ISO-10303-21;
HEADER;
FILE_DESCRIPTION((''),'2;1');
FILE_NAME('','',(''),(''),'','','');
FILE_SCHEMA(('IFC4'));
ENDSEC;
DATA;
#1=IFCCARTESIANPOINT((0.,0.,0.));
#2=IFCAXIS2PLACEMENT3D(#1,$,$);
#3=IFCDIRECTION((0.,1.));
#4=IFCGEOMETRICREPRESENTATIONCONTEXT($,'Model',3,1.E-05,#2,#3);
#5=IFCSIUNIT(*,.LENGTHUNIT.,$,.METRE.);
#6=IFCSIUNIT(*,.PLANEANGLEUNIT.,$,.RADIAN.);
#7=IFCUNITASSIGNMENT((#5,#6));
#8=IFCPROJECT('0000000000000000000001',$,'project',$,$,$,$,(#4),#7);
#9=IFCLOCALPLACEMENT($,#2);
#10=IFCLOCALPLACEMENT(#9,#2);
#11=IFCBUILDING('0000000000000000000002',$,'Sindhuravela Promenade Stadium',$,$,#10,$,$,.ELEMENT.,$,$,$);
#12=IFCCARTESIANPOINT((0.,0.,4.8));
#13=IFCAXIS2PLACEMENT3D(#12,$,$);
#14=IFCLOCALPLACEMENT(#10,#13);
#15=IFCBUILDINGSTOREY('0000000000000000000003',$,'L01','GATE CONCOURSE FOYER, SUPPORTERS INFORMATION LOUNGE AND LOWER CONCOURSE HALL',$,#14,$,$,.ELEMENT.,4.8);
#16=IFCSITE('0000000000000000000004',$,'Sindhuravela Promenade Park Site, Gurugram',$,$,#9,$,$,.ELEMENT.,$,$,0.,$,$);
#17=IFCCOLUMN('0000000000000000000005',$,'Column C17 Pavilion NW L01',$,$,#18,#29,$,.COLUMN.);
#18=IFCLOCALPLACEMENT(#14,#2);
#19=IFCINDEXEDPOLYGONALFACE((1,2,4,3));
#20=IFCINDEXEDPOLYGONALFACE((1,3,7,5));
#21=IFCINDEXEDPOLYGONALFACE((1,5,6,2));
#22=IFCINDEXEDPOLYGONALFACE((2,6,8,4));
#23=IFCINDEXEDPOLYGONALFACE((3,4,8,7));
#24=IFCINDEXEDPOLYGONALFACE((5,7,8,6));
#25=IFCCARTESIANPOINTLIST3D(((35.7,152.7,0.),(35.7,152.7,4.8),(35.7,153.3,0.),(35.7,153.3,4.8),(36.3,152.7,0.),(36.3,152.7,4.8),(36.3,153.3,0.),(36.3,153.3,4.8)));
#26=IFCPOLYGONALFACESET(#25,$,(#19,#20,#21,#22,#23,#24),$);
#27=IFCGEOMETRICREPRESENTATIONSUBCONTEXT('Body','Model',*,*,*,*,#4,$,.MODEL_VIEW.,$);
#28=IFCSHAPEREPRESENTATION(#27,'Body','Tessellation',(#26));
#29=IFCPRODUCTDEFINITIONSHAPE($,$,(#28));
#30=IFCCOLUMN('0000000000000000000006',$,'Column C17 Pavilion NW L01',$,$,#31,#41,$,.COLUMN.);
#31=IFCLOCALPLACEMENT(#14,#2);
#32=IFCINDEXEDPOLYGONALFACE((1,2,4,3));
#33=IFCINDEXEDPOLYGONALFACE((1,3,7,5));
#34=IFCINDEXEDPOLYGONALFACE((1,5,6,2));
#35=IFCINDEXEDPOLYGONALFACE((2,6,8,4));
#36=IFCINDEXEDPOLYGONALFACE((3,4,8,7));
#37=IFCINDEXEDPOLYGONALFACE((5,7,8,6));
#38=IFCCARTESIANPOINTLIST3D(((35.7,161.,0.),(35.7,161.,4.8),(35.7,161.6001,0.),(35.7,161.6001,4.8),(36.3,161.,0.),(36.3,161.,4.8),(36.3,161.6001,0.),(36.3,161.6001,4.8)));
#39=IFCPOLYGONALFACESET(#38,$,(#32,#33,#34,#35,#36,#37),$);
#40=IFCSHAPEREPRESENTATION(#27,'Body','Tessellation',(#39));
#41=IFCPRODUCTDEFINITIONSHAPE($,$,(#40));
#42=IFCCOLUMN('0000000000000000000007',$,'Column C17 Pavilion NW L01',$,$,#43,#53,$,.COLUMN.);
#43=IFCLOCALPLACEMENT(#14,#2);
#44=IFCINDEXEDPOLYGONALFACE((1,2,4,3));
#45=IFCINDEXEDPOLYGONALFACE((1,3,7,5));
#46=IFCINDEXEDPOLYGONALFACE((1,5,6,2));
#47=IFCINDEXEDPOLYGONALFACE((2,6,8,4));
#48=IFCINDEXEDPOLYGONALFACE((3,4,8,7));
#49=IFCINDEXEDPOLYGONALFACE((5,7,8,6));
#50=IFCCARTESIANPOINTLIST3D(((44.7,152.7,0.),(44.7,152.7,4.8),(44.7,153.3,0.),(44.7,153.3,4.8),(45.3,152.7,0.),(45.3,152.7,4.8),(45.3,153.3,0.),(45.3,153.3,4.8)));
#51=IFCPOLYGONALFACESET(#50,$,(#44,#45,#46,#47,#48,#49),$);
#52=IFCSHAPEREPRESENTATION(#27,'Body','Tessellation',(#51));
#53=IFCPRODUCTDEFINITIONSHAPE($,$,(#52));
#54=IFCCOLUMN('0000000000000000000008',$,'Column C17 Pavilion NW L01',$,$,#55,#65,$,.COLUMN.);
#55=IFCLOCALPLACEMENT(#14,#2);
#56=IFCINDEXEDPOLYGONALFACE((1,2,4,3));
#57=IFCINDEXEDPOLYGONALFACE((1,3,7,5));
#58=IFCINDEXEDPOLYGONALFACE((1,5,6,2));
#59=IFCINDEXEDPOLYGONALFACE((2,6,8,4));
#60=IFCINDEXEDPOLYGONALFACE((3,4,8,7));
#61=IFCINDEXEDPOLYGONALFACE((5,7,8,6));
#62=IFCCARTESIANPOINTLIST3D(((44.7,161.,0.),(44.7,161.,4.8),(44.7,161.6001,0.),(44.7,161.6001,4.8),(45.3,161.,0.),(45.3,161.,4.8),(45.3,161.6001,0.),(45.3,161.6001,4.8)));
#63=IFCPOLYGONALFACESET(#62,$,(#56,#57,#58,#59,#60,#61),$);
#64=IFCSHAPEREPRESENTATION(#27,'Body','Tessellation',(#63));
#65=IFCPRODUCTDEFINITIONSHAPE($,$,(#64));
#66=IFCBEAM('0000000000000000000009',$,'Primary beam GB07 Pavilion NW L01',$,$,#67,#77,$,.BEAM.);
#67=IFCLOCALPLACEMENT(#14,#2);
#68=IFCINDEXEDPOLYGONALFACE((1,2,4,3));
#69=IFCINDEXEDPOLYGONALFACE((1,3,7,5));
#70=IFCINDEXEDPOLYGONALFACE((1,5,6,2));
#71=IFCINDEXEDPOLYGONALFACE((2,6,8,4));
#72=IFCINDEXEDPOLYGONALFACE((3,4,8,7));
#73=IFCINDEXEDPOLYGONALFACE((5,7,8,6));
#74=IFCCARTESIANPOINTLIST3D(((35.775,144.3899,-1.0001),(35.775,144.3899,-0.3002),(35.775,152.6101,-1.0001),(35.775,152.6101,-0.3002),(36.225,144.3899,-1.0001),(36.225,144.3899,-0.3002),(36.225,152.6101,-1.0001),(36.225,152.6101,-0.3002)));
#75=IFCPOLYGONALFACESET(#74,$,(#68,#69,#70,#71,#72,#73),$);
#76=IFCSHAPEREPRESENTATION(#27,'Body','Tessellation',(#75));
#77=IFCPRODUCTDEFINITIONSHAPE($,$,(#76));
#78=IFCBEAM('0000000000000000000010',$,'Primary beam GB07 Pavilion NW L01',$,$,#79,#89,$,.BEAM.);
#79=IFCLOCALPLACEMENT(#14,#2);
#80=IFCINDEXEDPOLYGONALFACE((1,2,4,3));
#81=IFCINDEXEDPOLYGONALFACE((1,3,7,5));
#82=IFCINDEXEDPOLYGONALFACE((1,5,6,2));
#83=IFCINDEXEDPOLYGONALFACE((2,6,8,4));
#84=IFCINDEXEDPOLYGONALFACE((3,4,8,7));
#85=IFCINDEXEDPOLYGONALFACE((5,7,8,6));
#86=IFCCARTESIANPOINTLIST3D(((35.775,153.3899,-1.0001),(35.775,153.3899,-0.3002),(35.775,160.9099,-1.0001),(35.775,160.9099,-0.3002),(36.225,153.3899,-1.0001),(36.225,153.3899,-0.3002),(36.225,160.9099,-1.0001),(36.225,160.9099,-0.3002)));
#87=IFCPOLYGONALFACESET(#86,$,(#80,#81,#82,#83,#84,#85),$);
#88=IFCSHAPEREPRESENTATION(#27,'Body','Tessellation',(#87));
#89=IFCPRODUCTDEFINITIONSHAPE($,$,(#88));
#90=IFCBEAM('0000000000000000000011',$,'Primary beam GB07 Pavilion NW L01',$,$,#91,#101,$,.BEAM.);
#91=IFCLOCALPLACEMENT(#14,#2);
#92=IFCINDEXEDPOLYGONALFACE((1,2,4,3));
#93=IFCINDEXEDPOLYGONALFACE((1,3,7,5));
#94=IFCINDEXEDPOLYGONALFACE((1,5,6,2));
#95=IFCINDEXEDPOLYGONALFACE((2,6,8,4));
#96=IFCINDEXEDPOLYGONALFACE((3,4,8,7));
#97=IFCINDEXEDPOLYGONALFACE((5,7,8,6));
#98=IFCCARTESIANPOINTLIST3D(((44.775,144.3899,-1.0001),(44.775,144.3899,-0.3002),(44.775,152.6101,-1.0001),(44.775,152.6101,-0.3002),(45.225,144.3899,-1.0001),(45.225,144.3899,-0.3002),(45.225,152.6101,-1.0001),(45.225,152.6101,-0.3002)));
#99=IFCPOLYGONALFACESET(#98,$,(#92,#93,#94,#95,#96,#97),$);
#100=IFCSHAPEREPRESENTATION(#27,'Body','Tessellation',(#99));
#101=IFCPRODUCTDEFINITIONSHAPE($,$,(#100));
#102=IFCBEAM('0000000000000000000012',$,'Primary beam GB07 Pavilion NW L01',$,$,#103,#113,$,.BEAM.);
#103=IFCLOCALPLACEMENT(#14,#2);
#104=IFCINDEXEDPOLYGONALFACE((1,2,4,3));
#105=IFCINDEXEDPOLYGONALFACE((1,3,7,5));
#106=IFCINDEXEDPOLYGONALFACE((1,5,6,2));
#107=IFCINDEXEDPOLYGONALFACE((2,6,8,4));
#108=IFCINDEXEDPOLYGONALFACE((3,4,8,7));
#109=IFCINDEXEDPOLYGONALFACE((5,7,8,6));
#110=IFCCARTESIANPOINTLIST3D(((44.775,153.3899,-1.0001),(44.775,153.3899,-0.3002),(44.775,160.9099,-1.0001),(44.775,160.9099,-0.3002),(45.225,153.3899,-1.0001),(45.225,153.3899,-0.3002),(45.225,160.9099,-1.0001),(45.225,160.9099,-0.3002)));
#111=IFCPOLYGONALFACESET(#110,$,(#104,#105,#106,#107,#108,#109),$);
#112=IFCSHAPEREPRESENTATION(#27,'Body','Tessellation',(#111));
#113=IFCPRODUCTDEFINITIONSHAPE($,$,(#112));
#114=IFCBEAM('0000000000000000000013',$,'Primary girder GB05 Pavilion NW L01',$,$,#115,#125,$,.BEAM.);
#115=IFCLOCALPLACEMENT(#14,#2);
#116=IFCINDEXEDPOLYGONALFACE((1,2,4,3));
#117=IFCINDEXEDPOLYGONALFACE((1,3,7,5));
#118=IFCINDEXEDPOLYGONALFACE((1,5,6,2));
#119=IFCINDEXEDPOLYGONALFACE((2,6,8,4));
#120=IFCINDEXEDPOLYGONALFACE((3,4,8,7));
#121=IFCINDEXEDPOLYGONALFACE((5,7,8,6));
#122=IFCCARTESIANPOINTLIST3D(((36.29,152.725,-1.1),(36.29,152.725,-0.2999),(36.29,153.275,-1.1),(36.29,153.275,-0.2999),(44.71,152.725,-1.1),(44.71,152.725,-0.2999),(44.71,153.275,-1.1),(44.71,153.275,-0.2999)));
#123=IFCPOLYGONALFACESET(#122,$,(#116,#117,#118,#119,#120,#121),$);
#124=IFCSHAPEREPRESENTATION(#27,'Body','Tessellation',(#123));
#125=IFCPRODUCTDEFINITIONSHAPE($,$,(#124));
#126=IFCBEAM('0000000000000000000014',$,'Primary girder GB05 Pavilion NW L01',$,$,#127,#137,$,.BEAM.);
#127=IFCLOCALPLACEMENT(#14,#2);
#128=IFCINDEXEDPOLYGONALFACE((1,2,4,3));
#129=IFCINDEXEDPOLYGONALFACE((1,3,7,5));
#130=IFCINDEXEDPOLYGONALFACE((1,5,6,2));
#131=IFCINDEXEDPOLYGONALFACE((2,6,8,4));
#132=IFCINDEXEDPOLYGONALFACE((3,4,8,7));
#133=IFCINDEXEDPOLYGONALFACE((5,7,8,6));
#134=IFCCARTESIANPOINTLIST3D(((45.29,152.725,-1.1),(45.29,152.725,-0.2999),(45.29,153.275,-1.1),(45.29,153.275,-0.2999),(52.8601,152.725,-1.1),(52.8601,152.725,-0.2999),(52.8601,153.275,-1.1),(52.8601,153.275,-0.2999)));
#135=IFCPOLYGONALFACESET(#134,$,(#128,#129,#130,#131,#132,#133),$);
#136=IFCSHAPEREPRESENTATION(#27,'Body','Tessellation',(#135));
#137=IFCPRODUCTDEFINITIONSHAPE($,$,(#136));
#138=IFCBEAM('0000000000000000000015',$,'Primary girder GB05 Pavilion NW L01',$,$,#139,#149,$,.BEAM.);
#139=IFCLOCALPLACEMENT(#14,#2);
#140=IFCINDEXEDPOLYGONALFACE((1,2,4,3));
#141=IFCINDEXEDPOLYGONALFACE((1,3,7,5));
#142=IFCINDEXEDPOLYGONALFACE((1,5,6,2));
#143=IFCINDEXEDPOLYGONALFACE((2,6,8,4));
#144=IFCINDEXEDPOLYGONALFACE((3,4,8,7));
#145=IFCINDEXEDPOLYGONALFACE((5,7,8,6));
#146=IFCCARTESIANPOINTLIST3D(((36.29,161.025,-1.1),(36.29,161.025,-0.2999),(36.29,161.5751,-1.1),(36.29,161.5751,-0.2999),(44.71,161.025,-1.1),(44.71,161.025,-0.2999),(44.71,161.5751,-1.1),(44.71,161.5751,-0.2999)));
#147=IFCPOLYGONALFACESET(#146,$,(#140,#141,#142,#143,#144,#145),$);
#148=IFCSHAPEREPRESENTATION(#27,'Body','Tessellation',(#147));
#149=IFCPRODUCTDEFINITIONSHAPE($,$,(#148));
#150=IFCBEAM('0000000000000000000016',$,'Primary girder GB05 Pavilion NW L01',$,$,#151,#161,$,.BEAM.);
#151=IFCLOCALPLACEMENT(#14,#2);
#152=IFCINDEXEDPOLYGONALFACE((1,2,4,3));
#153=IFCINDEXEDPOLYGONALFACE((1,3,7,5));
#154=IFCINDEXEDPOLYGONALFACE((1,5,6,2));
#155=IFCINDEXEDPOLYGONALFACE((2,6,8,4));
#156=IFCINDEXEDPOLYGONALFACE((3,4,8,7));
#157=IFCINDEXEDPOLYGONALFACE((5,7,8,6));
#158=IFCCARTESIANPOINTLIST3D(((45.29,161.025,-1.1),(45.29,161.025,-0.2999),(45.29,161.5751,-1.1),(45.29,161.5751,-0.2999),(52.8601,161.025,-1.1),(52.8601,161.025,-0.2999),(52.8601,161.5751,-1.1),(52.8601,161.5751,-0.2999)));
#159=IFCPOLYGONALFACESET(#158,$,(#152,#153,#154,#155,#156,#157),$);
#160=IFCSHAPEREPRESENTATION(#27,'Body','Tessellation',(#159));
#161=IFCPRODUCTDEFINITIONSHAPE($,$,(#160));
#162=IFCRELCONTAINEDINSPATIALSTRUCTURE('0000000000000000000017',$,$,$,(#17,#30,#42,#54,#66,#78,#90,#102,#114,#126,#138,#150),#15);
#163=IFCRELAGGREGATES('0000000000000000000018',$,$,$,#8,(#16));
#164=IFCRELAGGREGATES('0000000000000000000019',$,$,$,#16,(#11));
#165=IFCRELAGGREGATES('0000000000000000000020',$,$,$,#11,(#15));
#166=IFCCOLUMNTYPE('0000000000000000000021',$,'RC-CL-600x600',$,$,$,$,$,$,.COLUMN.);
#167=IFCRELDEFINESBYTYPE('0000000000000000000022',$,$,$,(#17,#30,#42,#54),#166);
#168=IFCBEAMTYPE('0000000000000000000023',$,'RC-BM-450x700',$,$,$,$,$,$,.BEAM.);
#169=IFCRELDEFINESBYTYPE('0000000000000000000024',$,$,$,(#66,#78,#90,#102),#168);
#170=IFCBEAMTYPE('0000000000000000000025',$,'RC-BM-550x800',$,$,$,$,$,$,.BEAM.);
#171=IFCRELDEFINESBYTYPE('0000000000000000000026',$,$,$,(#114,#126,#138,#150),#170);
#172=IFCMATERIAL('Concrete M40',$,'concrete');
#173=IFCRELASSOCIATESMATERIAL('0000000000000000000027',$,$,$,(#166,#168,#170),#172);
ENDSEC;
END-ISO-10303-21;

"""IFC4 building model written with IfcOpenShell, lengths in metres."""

from ifc_helpers import new_model, si_unit, direction, frame, origin, origin_2d, place, context, subcontext, project, spatial, rectangle, extrude, material, material_profile, profile_set, type_object, element, save


model = new_model("IFC4")

# Units and contexts
model_context = context("Model", 3, precision=1e-05, world=origin(), true_north=direction((0.0, 1.0)))
body_context = subcontext(model_context, "Body", "Model", "MODEL_VIEW")
ifc_project = project(units=[si_unit("LENGTHUNIT", "METRE"), si_unit("PLANEANGLEUNIT", "RADIAN")], contexts=[model_context])

# Site, building, storey
site_placement = place(None, origin())
site = spatial("IfcSite", under=ifc_project, at=site_placement, Name="Sindhuravela Promenade Park Site, Gurugram", CompositionType="ELEMENT", RefElevation=0.0)
building_placement = place(site_placement, origin())
building = spatial("IfcBuilding", under=site, at=building_placement, Name="Sindhuravela Promenade Stadium", CompositionType="ELEMENT")
storey_placement = place(building_placement, frame((0.0, 0.0, 4.8)))
storey = spatial("IfcBuildingStorey", under=building, at=storey_placement, Name="L01", Description="GATE CONCOURSE FOYER, SUPPORTERS INFORMATION LOUNGE AND LOWER CONCOURSE HALL", CompositionType="ELEMENT", Elevation=4.8)

# Columns
ifc_material_1 = material(Name="Concrete M40", Category="concrete")
ifc_material_profile_1 = material_profile(ifc_material_1, rectangle(XDim=0.6001, YDim=0.6001, at=origin_2d()), Name="RC 600x600")
ifc_profile_set_1 = profile_set([ifc_material_profile_1], Name="Concrete M40")
column_type = type_object("IfcColumnType", Name="RC-CL-600x600", PredefinedType="COLUMN", material=ifc_profile_set_1)
for number, where, z_axis, x_axis, name in (
    (1, (36.0, 153.0, 0.0), (0.0, 0.0, 1.0), (1.0, 0.0, 0.0), "Column C17 Pavilion NW L01"),
    (2, (36.0, 161.3, 0.0), (0.0, 0.0, 1.0), (1.0, 0.0, 0.0), "Column C17 Pavilion NW L01"),
    (3, (45.0, 153.0, 0.0), (0.0, 0.0, 1.0), (1.0, 0.0, 0.0), "Column C17 Pavilion NW L01"),
    (4, (45.0, 161.3, 0.0), (0.0, 0.0, 1.0), (1.0, 0.0, 0.0), "Column C17 Pavilion NW L01"),
):
    element("IfcColumn", number, at=place(storey_placement, frame(where, z_axis=z_axis, x_axis=x_axis)), inside=storey, type_object=column_type, Name=name, PredefinedType="COLUMN", context=body_context, shape_type="SweptSolid", body=[
        extrude(rectangle(XDim=0.6001, YDim=0.6001, at=origin_2d()), origin(), (0.0, 0.0, 1.0), 4.8),
    ])

# Beams
ifc_material_profile_2 = material_profile(ifc_material_1, rectangle(XDim=0.45, YDim=0.7, at=origin_2d()), Name="RC 450x700")
ifc_profile_set_2 = profile_set([ifc_material_profile_2], Name="Concrete M40")
beam_type_1 = type_object("IfcBeamType", Name="RC-BM-450x700", PredefinedType="BEAM", material=ifc_profile_set_2)
beam_1_placement = place(storey_placement, frame((36.0, 144.3899, -0.6501), z_axis=(0.0, 1.0, 0.0), x_axis=(-1.0, 0.0, 0.0)))
element("IfcBeam", 5, at=beam_1_placement, inside=storey, type_object=beam_type_1, Name="Primary beam GB07 Pavilion NW L01", PredefinedType="BEAM", context=body_context, shape_type="SweptSolid", body=[
    extrude(rectangle(XDim=0.45, YDim=0.7, at=origin_2d()), origin(), (0.0, 0.0, 1.0), 8.2202),
])
beam_2_placement = place(storey_placement, frame((36.0, 153.3899, -0.6501), z_axis=(0.0, 1.0, 0.0), x_axis=(-1.0, 0.0, 0.0)))
element("IfcBeam", 6, at=beam_2_placement, inside=storey, type_object=beam_type_1, Name="Primary beam GB07 Pavilion NW L01", PredefinedType="BEAM", context=body_context, shape_type="SweptSolid", body=[
    extrude(rectangle(XDim=0.45, YDim=0.7, at=origin_2d()), origin(), (0.0, 0.0, 1.0), 7.52),
])
beam_3_placement = place(storey_placement, frame((45.0, 144.3899, -0.6501), z_axis=(0.0, 1.0, 0.0), x_axis=(-1.0, 0.0, 0.0)))
element("IfcBeam", 7, at=beam_3_placement, inside=storey, type_object=beam_type_1, Name="Primary beam GB07 Pavilion NW L01", PredefinedType="BEAM", context=body_context, shape_type="SweptSolid", body=[
    extrude(rectangle(XDim=0.45, YDim=0.7, at=origin_2d()), origin(), (0.0, 0.0, 1.0), 8.2202),
])
beam_4_placement = place(storey_placement, frame((45.0, 153.3899, -0.6501), z_axis=(0.0, 1.0, 0.0), x_axis=(-1.0, 0.0, 0.0)))
element("IfcBeam", 8, at=beam_4_placement, inside=storey, type_object=beam_type_1, Name="Primary beam GB07 Pavilion NW L01", PredefinedType="BEAM", context=body_context, shape_type="SweptSolid", body=[
    extrude(rectangle(XDim=0.45, YDim=0.7, at=origin_2d()), origin(), (0.0, 0.0, 1.0), 7.52),
])
ifc_material_profile_3 = material_profile(ifc_material_1, rectangle(XDim=0.55, YDim=0.8, at=origin_2d()), Name="RC 550x800")
ifc_profile_set_3 = profile_set([ifc_material_profile_3], Name="Concrete M40")
beam_type_2 = type_object("IfcBeamType", Name="RC-BM-550x800", PredefinedType="BEAM", material=ifc_profile_set_3)
beam_5_placement = place(storey_placement, frame((36.29, 153.0, -0.7), z_axis=(1.0, 0.0, 0.0), x_axis=(0.0, 1.0, 0.0)))
element("IfcBeam", 9, at=beam_5_placement, inside=storey, type_object=beam_type_2, Name="Primary girder GB05 Pavilion NW L01", PredefinedType="BEAM", context=body_context, shape_type="SweptSolid", body=[
    extrude(rectangle(XDim=0.55, YDim=0.8, at=origin_2d()), origin(), (0.0, 0.0, 1.0), 8.4199),
])
beam_6_placement = place(storey_placement, frame((45.29, 153.0, -0.7), z_axis=(1.0, 0.0, 0.0), x_axis=(0.0, 1.0, 0.0)))
element("IfcBeam", 10, at=beam_6_placement, inside=storey, type_object=beam_type_2, Name="Primary girder GB05 Pavilion NW L01", PredefinedType="BEAM", context=body_context, shape_type="SweptSolid", body=[
    extrude(rectangle(XDim=0.55, YDim=0.8, at=origin_2d()), origin(), (0.0, 0.0, 1.0), 7.5701),
])
beam_7_placement = place(storey_placement, frame((36.29, 161.3, -0.7), z_axis=(1.0, 0.0, 0.0), x_axis=(0.0, 1.0, 0.0)))
element("IfcBeam", 11, at=beam_7_placement, inside=storey, type_object=beam_type_2, Name="Primary girder GB05 Pavilion NW L01", PredefinedType="BEAM", context=body_context, shape_type="SweptSolid", body=[
    extrude(rectangle(XDim=0.55, YDim=0.8, at=origin_2d()), origin(), (0.0, 0.0, 1.0), 8.4199),
])
beam_8_placement = place(storey_placement, frame((45.29, 161.3, -0.7), z_axis=(1.0, 0.0, 0.0), x_axis=(0.0, 1.0, 0.0)))
element("IfcBeam", 12, at=beam_8_placement, inside=storey, type_object=beam_type_2, Name="Primary girder GB05 Pavilion NW L01", PredefinedType="BEAM", context=body_context, shape_type="SweptSolid", body=[
    extrude(rectangle(XDim=0.55, YDim=0.8, at=origin_2d()), origin(), (0.0, 0.0, 1.0), 7.5701),
])

save(model, "model.ifc")
